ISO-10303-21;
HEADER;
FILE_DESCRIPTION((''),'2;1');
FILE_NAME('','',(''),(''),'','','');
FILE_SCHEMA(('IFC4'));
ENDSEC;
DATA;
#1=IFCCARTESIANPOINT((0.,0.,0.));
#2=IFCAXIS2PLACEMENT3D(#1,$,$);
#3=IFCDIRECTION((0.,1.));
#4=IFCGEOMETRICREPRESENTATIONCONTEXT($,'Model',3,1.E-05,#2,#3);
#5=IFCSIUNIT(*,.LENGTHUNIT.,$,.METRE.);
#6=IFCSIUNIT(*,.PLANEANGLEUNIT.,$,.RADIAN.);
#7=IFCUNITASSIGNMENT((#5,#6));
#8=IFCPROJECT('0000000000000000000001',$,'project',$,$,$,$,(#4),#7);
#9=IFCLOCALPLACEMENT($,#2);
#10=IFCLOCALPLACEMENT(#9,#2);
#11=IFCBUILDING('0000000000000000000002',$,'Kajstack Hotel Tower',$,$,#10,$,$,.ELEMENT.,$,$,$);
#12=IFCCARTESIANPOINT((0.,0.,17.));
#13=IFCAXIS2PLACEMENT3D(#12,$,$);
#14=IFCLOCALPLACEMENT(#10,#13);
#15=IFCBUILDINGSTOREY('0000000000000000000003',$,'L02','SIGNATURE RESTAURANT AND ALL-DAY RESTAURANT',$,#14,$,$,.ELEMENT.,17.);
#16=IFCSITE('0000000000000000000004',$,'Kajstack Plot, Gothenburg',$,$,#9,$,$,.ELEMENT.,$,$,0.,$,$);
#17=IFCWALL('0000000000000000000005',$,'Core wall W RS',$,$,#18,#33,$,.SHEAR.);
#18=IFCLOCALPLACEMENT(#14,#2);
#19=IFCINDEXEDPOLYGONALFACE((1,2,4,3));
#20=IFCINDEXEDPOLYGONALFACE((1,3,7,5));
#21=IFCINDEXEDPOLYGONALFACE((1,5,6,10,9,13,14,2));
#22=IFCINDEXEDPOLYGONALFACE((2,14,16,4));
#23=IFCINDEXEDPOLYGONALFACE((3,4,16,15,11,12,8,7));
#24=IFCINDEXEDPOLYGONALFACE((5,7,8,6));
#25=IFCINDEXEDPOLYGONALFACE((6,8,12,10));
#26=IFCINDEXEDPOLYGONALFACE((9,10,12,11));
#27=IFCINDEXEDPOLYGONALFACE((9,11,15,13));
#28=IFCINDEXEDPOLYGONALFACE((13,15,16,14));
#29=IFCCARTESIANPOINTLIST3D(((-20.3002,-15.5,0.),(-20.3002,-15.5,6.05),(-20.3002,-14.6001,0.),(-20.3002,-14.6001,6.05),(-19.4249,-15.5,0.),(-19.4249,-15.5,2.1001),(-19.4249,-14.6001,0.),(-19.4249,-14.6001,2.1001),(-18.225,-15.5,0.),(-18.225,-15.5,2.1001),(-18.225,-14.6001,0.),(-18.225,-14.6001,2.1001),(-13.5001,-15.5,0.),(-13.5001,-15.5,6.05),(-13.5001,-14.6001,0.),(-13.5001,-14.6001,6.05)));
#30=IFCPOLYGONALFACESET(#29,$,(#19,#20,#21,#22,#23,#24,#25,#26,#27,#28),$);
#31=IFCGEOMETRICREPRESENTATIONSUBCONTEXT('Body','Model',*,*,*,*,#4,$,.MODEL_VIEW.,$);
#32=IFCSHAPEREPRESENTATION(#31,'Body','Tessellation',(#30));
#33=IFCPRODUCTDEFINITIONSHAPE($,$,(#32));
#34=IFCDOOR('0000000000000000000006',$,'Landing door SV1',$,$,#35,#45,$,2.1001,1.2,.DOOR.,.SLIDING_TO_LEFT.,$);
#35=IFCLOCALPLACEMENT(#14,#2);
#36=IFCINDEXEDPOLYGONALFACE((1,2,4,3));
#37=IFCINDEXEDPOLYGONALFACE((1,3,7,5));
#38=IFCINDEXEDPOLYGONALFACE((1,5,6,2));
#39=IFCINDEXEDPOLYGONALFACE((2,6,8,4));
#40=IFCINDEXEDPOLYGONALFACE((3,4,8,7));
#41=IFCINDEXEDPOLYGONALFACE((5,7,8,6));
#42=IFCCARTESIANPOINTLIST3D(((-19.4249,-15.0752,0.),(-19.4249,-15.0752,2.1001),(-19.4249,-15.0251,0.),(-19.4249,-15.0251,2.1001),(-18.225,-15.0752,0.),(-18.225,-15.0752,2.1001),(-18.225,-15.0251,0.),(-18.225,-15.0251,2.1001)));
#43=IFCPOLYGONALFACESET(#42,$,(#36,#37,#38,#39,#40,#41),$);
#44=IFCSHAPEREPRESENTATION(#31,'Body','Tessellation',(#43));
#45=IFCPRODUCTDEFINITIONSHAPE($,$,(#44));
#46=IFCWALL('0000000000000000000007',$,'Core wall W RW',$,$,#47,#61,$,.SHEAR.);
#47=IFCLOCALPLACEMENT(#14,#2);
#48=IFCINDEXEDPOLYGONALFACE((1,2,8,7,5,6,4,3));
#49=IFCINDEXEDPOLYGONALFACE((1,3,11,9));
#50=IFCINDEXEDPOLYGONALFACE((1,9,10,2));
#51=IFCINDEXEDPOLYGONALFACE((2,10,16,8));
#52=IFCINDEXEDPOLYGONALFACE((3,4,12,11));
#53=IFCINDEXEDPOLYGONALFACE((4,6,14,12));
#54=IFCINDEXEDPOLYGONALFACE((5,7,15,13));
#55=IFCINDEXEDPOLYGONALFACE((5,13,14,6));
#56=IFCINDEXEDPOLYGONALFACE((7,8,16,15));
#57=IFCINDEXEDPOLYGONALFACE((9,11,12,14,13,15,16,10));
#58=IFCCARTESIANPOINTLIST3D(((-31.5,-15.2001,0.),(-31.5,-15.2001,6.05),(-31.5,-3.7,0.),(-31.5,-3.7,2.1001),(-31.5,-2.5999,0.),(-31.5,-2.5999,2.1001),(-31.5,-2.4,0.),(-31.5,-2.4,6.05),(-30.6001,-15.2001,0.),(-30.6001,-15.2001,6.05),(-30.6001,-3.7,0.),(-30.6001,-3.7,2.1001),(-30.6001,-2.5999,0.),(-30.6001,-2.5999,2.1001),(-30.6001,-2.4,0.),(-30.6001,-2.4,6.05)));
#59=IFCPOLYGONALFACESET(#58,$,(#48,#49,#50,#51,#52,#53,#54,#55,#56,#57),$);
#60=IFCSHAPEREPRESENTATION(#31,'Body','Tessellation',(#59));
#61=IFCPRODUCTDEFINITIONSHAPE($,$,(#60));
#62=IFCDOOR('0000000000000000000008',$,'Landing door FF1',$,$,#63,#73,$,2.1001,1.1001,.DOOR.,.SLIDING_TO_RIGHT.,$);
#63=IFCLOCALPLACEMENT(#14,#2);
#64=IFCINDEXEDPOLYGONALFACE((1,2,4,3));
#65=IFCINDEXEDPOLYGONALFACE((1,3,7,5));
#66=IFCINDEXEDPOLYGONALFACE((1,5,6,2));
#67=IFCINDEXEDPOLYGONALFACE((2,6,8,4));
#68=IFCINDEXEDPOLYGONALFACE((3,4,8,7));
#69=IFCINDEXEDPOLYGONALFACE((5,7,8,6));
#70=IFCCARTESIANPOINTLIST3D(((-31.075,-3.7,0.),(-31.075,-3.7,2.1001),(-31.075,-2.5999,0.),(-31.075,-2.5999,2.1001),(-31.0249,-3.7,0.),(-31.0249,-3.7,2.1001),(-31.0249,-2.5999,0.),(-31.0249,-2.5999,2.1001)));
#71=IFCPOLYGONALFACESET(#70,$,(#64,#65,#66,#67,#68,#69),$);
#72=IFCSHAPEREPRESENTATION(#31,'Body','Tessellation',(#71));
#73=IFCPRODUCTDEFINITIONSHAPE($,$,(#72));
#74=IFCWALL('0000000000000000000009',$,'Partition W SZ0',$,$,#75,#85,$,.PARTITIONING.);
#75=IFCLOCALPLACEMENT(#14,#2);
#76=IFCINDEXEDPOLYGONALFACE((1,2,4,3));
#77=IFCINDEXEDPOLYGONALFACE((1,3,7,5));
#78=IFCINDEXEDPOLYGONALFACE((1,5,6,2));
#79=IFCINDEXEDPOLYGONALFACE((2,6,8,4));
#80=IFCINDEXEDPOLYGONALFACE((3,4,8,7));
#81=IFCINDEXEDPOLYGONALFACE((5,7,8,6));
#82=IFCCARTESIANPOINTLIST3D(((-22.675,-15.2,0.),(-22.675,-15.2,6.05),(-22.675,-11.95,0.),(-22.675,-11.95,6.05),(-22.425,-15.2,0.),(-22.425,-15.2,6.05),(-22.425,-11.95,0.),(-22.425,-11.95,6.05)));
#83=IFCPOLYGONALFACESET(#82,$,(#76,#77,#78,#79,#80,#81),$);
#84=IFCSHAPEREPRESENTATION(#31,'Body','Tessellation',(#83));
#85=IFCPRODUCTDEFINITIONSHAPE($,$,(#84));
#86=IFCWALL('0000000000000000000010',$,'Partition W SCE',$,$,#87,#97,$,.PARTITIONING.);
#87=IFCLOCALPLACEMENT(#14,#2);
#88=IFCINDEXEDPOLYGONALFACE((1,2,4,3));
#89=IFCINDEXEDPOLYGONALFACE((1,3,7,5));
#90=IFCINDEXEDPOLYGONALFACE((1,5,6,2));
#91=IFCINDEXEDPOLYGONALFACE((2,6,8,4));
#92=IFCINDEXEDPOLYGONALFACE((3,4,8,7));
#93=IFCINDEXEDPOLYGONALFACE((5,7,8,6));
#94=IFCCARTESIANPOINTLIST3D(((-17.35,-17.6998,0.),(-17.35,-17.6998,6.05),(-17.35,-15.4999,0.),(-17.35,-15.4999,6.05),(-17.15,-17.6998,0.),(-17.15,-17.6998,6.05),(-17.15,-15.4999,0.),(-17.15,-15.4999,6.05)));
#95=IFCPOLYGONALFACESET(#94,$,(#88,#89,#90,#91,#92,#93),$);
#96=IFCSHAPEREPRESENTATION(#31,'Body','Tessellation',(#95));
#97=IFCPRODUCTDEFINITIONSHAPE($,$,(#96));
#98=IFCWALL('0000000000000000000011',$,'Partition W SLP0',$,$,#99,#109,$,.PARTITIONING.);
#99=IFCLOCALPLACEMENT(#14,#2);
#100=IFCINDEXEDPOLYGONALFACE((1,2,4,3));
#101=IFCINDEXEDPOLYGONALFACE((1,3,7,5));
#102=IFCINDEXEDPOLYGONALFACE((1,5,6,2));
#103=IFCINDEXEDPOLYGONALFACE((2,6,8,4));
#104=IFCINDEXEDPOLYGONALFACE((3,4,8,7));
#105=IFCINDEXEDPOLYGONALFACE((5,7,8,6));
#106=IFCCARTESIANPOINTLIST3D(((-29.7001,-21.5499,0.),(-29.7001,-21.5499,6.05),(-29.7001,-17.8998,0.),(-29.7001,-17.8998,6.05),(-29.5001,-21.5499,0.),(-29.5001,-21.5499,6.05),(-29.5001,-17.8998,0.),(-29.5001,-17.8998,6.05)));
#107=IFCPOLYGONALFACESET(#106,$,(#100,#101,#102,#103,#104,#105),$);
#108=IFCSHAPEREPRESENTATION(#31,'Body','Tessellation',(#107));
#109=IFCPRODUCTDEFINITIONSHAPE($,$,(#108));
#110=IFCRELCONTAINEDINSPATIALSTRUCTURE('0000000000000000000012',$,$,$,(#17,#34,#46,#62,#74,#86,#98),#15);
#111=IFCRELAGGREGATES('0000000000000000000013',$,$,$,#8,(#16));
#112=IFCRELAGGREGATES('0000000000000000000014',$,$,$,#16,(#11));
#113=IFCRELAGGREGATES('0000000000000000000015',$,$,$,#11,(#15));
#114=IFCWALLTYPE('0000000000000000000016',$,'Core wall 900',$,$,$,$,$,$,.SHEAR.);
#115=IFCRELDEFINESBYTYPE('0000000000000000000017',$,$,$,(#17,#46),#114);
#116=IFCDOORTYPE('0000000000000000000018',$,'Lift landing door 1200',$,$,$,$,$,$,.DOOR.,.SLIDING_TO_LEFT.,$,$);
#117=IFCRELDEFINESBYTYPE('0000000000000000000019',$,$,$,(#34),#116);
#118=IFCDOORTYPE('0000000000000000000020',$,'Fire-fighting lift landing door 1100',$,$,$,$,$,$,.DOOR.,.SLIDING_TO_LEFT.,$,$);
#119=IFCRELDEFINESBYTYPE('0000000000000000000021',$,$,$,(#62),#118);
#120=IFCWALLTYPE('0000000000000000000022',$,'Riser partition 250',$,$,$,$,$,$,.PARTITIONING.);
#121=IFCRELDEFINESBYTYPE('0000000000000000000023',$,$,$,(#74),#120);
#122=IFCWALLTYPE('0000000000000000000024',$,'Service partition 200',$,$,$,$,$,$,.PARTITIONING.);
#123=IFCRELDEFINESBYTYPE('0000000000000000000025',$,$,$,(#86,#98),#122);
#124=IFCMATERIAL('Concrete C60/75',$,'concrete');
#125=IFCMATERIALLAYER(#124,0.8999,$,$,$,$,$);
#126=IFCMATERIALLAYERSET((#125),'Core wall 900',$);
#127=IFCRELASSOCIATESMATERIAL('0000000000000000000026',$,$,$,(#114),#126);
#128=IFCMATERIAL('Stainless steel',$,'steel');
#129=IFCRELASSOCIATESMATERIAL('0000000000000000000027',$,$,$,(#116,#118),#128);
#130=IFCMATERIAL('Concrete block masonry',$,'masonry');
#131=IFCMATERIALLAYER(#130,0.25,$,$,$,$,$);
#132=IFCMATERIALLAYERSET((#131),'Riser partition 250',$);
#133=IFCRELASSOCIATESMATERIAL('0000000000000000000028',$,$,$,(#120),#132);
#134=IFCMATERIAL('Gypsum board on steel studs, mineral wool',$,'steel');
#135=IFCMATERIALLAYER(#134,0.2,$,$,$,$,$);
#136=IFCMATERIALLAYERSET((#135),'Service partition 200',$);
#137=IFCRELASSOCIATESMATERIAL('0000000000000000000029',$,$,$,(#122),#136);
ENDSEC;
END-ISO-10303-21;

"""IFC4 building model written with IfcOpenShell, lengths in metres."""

from ifc_helpers import new_model, si_unit, direction, frame, frame_2d, origin, place, context, subcontext, project, spatial, rectangle, extrude, material, layer, layer_set, type_object, element, fill, save


model = new_model("IFC4")

# Units and contexts
model_context = context("Model", 3, precision=1e-05, world=origin(), true_north=direction((0.0, 1.0)))
body_context = subcontext(model_context, "Body", "Model", "MODEL_VIEW")
ifc_project = project(units=[si_unit("LENGTHUNIT", "METRE"), si_unit("PLANEANGLEUNIT", "RADIAN")], contexts=[model_context])

# Site, building, storey
site_placement = place(None, origin())
site = spatial("IfcSite", under=ifc_project, at=site_placement, Name="Kajstack Plot, Gothenburg", CompositionType="ELEMENT", RefElevation=0.0)
building_placement = place(site_placement, origin())
building = spatial("IfcBuilding", under=site, at=building_placement, Name="Kajstack Hotel Tower", CompositionType="ELEMENT")
storey_placement = place(building_placement, frame((0.0, 0.0, 17.0)))
storey = spatial("IfcBuildingStorey", under=building, at=storey_placement, Name="L02", Description="SIGNATURE RESTAURANT AND ALL-DAY RESTAURANT", CompositionType="ELEMENT", Elevation=17.0)

# Walls, openings, doors
ifc_material_1 = material(Name="Concrete C60/75", Category="concrete")
ifc_layer_1 = layer(ifc_material_1, 0.8999)
ifc_layer_set_1 = layer_set([ifc_layer_1], Name="Core wall 900")
wall_type_1 = type_object("IfcWallType", Name="Core wall 900", PredefinedType="SHEAR", material=ifc_layer_set_1)
wall_1_placement = place(storey_placement, frame((-20.3, -15.05, 0.0), z_axis=(0.0, 0.0, 1.0), x_axis=(1.0, 0.0, 0.0)))
wall_1 = element("IfcWall", 1, at=wall_1_placement, inside=storey, type_object=wall_type_1, Name="Core wall W RS", PredefinedType="SHEAR", context=body_context, shape_type="SweptSolid", body=[
    extrude(rectangle(XDim=6.8, YDim=0.8999, at=frame_2d((3.3999, 0.0))), origin(), (0.0, 0.0, 1.0), 6.05),
])
opening_1_placement = place(wall_1_placement, frame((0.875, 0.0, 0.0)))
opening_1 = element("IfcOpeningElement", 2, at=opening_1_placement, cuts=wall_1, PredefinedType="OPENING", context=body_context, shape_type="SweptSolid", body=[
    extrude(rectangle(XDim=1.2, YDim=2.1001, at=frame_2d((0.6001, 1.05))), frame((0.0, 0.46, 0.0), z_axis=(0.0, -1.0, 0.0), x_axis=(1.0, 0.0, 0.0)), (0.0, 0.0, 1.0), 0.9199),
])
ifc_material_2 = material(Name="Stainless steel", Category="steel")
door_type_1 = type_object("IfcDoorType", Name="Lift landing door 1200", OperationType="SLIDING_TO_LEFT", PredefinedType="DOOR", material=ifc_material_2)
door_1_placement = place(opening_1_placement, origin())
door_1 = element("IfcDoor", 3, at=door_1_placement, inside=storey, type_object=door_type_1, Name="Landing door SV1", OperationType="SLIDING_TO_LEFT", OverallHeight=2.1001, OverallWidth=1.2, PredefinedType="DOOR", context=body_context, shape_type="SweptSolid", body=[
    extrude(rectangle(XDim=1.2, YDim=2.1001, at=frame_2d((0.6001, 1.05))), frame((0.0, 0.0249, 0.0), z_axis=(0.0, -1.0, 0.0), x_axis=(1.0, 0.0, 0.0)), (0.0, 0.0, 1.0), 0.05),
])
fill(opening_1, door_1)
wall_2_placement = place(storey_placement, frame((-31.05, -15.2, 0.0), z_axis=(0.0, 0.0, 1.0), x_axis=(0.0, 1.0, 0.0)))
wall_2 = element("IfcWall", 4, at=wall_2_placement, inside=storey, type_object=wall_type_1, Name="Core wall W RW", PredefinedType="SHEAR", context=body_context, shape_type="SweptSolid", body=[
    extrude(rectangle(XDim=12.8, YDim=0.8999, at=frame_2d((6.3999, 0.0))), origin(), (0.0, 0.0, 1.0), 6.05),
])
opening_2_placement = place(wall_2_placement, frame((11.5, 0.0, 0.0)))
opening_2 = element("IfcOpeningElement", 5, at=opening_2_placement, cuts=wall_2, PredefinedType="OPENING", context=body_context, shape_type="SweptSolid", body=[
    extrude(rectangle(XDim=1.1001, YDim=2.1001, at=frame_2d((0.55, 1.05))), frame((0.0, 0.46, 0.0), z_axis=(0.0, -1.0, 0.0), x_axis=(1.0, 0.0, 0.0)), (0.0, 0.0, 1.0), 0.9199),
])
door_type_2 = type_object("IfcDoorType", Name="Fire-fighting lift landing door 1100", OperationType="SLIDING_TO_LEFT", PredefinedType="DOOR", material=ifc_material_2)
door_2_placement = place(opening_2_placement, origin())
door_2 = element("IfcDoor", 6, at=door_2_placement, inside=storey, type_object=door_type_2, Name="Landing door FF1", OperationType="SLIDING_TO_RIGHT", OverallHeight=2.1001, OverallWidth=1.1001, PredefinedType="DOOR", context=body_context, shape_type="SweptSolid", body=[
    extrude(rectangle(XDim=1.1001, YDim=2.1001, at=frame_2d((0.55, 1.05))), frame((0.0, 0.0249, 0.0), z_axis=(0.0, -1.0, 0.0), x_axis=(1.0, 0.0, 0.0)), (0.0, 0.0, 1.0), 0.05),
])
fill(opening_2, door_2)

# Walls
ifc_material_3 = material(Name="Concrete block masonry", Category="masonry")
ifc_layer_2 = layer(ifc_material_3, 0.25)
ifc_layer_set_2 = layer_set([ifc_layer_2], Name="Riser partition 250")
wall_type_2 = type_object("IfcWallType", Name="Riser partition 250", PredefinedType="PARTITIONING", material=ifc_layer_set_2)
wall_3_placement = place(storey_placement, frame((-22.55, -15.2, 0.0), z_axis=(0.0, 0.0, 1.0), x_axis=(0.0, 1.0, 0.0)))
element("IfcWall", 7, at=wall_3_placement, inside=storey, type_object=wall_type_2, Name="Partition W SZ0", PredefinedType="PARTITIONING", context=body_context, shape_type="SweptSolid", body=[
    extrude(rectangle(XDim=3.25, YDim=0.25, at=frame_2d((1.625, 0.0))), origin(), (0.0, 0.0, 1.0), 6.05),
])
ifc_material_4 = material(Name="Gypsum board on steel studs, mineral wool", Category="steel")
ifc_layer_3 = layer(ifc_material_4, 0.2)
ifc_layer_set_3 = layer_set([ifc_layer_3], Name="Service partition 200")
wall_type_3 = type_object("IfcWallType", Name="Service partition 200", PredefinedType="PARTITIONING", material=ifc_layer_set_3)
wall_4_placement = place(storey_placement, frame((-17.25, -17.7, 0.0), z_axis=(0.0, 0.0, 1.0), x_axis=(0.0, 1.0, 0.0)))
element("IfcWall", 8, at=wall_4_placement, inside=storey, type_object=wall_type_3, Name="Partition W SCE", PredefinedType="PARTITIONING", context=body_context, shape_type="SweptSolid", body=[
    extrude(rectangle(XDim=2.2, YDim=0.2, at=frame_2d((1.1001, 0.0))), origin(), (0.0, 0.0, 1.0), 6.05),
])
wall_5_placement = place(storey_placement, frame((-29.6001, -21.55, 0.0), z_axis=(0.0, 0.0, 1.0), x_axis=(0.0, 1.0, 0.0)))
element("IfcWall", 9, at=wall_5_placement, inside=storey, type_object=wall_type_3, Name="Partition W SLP0", PredefinedType="PARTITIONING", context=body_context, shape_type="SweptSolid", body=[
    extrude(rectangle(XDim=3.6501, YDim=0.2, at=frame_2d((1.8252, 0.0))), origin(), (0.0, 0.0, 1.0), 6.05),
])

save(model, "model.ifc")
